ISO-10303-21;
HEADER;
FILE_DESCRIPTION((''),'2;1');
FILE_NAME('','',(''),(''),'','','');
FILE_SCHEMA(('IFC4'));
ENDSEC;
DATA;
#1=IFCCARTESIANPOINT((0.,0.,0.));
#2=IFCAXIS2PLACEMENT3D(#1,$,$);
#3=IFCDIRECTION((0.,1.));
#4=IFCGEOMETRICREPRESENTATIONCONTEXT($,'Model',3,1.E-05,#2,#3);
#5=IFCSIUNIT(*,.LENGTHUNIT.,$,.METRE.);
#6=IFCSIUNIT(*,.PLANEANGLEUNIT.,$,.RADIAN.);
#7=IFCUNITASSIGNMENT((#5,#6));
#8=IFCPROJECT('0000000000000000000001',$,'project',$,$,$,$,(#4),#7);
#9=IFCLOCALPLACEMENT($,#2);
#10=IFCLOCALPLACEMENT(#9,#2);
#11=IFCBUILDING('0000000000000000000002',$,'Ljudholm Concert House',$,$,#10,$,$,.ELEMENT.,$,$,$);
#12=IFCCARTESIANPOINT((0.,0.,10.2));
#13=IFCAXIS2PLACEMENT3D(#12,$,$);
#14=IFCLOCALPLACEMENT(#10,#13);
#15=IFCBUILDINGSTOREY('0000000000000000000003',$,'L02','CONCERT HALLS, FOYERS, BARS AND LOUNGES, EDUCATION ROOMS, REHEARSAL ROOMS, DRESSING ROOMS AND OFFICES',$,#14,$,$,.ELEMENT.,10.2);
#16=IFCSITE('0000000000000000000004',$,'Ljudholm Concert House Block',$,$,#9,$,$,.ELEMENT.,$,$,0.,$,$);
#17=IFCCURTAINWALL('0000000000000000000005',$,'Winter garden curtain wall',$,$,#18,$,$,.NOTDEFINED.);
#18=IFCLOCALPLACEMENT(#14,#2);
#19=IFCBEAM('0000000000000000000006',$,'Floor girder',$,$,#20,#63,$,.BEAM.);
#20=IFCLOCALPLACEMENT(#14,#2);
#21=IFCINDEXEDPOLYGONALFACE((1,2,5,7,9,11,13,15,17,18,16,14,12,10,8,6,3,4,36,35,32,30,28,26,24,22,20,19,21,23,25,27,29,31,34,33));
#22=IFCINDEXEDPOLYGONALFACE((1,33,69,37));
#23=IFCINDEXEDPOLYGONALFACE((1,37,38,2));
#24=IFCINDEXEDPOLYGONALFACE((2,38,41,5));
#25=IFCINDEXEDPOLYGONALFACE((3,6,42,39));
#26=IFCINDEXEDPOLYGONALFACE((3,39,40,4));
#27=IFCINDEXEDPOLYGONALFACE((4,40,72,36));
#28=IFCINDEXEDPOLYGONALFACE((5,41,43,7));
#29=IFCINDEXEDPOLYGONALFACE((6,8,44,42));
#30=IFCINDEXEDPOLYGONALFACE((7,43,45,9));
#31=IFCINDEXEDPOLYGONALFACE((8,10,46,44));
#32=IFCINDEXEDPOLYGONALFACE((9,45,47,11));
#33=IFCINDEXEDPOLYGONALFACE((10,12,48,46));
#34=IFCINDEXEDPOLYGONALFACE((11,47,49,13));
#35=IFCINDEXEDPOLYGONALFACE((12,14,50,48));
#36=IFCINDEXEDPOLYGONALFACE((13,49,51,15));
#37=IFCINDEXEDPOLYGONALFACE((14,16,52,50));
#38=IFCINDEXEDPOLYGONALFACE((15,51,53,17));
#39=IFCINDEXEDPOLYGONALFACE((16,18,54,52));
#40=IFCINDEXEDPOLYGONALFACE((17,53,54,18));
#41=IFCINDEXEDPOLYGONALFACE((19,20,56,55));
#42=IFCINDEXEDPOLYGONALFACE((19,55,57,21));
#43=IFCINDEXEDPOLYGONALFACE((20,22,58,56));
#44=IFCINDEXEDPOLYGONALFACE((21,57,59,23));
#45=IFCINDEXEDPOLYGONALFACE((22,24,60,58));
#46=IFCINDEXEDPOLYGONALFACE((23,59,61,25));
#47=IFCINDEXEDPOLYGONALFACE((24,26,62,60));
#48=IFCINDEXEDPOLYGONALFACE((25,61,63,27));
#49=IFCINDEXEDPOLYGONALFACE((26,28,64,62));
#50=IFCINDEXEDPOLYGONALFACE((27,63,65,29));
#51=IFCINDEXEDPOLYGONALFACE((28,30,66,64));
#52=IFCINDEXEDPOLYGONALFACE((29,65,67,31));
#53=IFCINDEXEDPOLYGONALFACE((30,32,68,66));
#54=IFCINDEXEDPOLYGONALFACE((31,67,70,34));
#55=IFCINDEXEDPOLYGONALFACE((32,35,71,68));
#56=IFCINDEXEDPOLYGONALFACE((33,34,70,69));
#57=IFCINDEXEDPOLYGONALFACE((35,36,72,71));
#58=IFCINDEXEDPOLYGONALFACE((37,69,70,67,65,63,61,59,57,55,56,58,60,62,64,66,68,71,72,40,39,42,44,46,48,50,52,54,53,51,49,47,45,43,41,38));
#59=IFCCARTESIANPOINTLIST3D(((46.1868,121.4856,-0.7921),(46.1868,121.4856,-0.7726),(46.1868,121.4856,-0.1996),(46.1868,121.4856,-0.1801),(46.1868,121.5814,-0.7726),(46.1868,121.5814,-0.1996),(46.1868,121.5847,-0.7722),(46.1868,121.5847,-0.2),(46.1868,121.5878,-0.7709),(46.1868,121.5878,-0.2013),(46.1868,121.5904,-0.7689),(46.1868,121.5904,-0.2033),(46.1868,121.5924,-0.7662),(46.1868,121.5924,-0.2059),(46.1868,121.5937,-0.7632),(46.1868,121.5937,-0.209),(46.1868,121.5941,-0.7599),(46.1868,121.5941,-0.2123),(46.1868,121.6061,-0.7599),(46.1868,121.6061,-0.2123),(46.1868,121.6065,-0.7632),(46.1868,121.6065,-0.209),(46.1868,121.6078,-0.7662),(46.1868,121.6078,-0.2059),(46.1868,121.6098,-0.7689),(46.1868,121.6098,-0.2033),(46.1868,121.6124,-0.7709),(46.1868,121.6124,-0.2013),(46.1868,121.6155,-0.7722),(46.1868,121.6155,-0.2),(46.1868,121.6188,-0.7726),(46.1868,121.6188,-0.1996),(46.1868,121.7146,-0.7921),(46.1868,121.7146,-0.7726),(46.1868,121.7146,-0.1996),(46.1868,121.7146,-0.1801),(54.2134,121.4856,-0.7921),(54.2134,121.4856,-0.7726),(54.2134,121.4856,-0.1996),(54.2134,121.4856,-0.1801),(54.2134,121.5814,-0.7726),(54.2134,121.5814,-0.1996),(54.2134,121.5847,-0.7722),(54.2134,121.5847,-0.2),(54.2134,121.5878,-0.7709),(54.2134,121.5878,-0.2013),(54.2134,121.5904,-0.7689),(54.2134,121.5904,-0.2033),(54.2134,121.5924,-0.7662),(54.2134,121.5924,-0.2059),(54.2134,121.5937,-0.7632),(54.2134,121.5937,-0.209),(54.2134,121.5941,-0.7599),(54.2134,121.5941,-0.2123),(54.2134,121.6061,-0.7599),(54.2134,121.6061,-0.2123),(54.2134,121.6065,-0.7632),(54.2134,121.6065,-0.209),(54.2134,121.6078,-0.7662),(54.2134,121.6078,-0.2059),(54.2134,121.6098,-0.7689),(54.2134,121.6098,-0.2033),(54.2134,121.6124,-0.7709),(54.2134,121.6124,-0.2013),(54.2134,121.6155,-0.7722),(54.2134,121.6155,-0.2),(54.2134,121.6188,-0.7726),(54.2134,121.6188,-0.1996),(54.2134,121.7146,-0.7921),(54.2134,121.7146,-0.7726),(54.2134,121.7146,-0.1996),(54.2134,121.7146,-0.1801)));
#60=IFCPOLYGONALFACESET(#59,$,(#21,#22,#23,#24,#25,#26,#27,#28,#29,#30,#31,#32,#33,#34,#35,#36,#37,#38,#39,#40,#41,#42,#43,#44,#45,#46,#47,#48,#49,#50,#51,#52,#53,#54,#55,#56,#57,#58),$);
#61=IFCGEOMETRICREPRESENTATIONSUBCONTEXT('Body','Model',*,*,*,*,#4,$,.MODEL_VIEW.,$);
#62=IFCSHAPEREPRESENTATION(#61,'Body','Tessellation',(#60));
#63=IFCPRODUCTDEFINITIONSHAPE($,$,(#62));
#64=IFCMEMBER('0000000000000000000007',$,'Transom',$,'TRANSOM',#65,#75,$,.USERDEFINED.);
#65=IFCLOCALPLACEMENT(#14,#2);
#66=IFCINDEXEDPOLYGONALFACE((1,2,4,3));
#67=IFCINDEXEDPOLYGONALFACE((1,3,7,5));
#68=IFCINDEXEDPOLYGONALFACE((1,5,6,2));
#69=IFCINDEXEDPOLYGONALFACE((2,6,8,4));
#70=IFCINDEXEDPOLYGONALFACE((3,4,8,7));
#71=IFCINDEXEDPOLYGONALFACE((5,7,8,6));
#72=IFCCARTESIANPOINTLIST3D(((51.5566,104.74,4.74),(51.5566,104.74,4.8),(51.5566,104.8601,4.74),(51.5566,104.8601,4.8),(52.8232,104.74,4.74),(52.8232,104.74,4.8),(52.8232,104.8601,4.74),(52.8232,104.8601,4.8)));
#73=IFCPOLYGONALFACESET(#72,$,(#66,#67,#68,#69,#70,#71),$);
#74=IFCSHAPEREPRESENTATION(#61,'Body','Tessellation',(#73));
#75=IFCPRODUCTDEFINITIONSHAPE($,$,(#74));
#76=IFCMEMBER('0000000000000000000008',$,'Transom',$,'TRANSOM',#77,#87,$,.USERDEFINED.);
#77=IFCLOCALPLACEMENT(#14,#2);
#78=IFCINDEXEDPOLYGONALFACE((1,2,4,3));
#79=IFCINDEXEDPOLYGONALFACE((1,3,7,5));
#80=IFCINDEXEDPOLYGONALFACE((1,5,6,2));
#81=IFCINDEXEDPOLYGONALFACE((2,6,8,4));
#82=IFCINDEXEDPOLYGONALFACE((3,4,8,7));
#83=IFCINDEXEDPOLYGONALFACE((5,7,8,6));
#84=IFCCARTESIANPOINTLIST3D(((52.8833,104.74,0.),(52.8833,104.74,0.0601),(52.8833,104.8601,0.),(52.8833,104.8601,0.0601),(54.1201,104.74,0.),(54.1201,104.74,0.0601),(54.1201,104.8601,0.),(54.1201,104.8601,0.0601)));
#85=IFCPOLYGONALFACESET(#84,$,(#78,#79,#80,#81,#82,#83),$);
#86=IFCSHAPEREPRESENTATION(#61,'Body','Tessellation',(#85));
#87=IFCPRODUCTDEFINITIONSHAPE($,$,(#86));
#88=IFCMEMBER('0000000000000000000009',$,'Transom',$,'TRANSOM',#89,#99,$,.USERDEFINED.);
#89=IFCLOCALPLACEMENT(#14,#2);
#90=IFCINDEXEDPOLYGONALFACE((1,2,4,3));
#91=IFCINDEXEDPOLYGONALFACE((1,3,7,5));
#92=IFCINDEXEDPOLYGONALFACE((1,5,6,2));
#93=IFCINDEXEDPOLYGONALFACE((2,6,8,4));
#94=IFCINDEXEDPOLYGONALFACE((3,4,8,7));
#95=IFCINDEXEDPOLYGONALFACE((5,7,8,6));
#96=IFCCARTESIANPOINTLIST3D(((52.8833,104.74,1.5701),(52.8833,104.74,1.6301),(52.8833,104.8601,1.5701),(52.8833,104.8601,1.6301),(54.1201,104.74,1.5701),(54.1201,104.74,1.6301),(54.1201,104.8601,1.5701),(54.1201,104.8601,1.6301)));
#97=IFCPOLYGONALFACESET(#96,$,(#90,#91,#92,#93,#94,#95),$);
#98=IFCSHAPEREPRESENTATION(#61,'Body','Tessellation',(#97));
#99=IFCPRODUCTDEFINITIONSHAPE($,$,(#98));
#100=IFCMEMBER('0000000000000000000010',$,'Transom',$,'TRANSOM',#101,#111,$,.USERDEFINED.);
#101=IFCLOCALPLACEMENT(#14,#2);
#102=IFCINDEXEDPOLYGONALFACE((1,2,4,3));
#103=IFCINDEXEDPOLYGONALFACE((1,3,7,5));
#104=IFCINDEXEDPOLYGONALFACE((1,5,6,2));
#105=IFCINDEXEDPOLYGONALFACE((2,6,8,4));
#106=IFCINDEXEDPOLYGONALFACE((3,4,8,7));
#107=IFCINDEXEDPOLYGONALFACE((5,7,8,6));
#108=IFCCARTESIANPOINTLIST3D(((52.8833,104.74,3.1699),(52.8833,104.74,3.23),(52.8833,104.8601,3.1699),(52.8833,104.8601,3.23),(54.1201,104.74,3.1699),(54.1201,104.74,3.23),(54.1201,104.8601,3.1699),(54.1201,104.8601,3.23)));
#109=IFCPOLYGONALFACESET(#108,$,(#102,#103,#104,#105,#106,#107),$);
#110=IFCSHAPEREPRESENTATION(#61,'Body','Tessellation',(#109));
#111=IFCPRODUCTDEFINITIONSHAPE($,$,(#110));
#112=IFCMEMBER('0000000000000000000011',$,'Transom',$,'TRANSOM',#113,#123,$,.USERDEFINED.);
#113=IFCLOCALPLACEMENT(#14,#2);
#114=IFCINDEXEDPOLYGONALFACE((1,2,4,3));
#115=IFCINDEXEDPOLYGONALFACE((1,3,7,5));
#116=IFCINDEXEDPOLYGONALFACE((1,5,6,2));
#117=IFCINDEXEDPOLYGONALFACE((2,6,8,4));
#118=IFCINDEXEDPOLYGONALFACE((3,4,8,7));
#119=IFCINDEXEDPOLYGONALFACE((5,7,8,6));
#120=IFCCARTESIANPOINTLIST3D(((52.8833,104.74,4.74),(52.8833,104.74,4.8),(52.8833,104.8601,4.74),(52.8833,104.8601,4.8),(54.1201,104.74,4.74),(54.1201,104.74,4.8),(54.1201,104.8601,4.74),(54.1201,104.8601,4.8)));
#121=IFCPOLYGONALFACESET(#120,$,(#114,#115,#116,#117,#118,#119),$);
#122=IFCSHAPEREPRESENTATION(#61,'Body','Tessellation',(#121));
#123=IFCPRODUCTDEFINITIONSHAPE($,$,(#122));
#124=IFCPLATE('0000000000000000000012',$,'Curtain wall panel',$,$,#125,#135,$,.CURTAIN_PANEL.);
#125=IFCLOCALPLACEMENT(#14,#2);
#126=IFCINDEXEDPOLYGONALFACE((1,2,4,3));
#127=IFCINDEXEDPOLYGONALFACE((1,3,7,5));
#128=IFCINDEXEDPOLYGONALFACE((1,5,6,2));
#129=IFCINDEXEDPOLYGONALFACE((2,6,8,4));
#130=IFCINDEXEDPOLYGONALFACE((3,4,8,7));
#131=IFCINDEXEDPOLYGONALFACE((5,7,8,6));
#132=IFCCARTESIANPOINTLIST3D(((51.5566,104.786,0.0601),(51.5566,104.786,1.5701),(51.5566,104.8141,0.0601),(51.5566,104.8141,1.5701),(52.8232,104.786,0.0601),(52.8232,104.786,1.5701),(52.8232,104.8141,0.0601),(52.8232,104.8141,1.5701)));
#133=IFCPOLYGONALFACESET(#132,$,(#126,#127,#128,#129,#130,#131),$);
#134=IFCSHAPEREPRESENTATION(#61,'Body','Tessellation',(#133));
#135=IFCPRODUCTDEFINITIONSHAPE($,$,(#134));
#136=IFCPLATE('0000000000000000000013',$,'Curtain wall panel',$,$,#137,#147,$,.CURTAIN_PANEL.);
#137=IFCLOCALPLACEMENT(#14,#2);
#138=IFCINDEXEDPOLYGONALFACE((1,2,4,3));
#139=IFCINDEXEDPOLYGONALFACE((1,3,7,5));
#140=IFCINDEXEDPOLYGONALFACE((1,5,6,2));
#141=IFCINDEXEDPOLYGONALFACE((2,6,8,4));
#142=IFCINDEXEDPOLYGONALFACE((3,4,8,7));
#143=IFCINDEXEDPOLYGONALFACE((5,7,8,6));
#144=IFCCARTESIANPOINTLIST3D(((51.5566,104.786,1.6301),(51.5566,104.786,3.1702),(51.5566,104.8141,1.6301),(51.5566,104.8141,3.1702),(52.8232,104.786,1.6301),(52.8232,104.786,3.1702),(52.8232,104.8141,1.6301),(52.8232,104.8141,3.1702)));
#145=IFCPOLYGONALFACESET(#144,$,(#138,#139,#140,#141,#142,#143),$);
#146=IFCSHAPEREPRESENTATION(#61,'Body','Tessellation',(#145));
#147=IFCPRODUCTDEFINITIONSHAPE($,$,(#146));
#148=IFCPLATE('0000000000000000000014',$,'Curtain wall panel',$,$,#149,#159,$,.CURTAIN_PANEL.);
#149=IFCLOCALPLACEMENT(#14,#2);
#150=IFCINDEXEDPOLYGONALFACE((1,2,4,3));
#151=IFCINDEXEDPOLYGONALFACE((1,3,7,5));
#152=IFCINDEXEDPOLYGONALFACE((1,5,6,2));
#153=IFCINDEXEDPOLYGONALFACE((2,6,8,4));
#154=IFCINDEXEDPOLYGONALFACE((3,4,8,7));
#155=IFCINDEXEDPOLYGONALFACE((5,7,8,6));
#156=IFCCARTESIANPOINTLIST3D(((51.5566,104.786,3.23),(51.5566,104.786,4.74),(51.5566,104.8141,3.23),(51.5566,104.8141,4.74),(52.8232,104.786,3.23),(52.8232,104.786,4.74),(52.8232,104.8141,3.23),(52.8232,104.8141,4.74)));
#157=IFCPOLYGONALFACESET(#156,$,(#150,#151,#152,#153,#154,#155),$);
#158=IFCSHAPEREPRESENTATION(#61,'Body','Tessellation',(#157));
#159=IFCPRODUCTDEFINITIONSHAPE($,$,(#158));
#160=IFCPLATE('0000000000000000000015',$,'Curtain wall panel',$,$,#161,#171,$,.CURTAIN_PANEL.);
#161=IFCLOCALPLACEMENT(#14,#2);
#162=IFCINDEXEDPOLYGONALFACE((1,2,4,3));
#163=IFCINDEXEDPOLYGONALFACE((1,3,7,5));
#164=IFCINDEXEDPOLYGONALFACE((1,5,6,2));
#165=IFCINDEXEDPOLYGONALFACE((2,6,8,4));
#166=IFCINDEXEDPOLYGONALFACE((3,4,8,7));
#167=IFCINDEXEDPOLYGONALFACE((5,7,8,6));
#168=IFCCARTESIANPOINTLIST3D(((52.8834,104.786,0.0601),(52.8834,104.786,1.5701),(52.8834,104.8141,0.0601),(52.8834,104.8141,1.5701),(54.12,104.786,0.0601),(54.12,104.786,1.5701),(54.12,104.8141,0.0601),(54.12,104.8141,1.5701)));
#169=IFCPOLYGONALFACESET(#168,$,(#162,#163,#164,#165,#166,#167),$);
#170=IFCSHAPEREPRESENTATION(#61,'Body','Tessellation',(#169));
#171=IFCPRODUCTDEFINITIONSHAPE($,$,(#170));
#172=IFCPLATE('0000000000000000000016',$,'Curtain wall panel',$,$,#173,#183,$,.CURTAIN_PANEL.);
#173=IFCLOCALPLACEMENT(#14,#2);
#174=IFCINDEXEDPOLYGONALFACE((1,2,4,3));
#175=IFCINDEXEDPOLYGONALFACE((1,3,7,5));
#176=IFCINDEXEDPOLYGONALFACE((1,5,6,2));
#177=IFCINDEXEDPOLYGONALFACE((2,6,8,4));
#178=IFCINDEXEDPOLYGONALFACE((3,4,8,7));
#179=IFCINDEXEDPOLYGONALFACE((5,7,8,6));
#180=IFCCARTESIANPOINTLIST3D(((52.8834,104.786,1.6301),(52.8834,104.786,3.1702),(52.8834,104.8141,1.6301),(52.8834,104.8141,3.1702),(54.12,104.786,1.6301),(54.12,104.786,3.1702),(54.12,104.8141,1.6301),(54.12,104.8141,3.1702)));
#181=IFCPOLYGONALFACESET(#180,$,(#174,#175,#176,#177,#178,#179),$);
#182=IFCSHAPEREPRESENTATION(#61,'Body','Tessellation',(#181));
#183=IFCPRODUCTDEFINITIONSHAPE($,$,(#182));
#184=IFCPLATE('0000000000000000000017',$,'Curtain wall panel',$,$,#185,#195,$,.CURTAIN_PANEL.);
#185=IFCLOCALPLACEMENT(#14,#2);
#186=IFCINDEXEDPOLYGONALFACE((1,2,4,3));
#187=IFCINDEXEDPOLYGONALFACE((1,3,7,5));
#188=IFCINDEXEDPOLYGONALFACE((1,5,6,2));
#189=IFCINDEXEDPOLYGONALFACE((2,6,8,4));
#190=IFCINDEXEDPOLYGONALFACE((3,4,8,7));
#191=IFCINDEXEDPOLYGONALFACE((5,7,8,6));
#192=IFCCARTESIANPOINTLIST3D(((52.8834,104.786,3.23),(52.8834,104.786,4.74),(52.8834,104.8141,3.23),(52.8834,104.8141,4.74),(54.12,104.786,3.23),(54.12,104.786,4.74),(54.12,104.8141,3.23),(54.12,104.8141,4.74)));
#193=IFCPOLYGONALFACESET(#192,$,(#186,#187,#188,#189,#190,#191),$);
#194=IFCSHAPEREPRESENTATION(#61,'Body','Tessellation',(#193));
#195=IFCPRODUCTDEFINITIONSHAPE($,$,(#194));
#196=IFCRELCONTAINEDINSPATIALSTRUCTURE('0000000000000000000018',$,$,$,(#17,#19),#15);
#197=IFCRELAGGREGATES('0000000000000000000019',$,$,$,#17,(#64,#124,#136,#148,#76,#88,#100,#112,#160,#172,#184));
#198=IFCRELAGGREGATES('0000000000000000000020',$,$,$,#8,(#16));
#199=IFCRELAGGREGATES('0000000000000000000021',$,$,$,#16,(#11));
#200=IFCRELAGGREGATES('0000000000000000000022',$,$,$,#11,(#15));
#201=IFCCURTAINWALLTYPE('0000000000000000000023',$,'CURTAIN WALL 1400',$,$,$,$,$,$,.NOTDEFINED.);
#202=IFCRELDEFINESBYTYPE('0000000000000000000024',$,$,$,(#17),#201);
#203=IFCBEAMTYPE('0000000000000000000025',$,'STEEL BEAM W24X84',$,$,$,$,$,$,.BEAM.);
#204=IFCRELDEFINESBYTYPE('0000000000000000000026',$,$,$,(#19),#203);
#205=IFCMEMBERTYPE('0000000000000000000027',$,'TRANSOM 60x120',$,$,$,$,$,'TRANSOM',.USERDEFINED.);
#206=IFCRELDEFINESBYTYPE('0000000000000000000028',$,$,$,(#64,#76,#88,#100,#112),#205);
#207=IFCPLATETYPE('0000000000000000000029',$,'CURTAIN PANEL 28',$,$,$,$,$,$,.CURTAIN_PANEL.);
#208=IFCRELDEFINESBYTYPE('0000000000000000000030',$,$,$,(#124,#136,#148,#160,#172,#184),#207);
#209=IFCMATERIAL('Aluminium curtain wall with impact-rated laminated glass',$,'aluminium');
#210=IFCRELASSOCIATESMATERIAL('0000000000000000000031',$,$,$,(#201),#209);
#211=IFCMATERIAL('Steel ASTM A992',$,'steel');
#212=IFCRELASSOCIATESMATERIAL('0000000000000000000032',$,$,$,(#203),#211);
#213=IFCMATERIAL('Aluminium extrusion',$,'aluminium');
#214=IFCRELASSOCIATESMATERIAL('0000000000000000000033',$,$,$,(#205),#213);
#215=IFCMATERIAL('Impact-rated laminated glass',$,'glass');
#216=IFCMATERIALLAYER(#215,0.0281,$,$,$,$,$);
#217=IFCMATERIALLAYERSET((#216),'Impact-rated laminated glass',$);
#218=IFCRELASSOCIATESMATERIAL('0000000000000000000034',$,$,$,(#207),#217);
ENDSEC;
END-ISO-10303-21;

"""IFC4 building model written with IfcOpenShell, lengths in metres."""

from ifc_helpers import new_model, si_unit, direction, frame, origin, origin_2d, place, context, subcontext, project, spatial, rectangle, i_section, extrude, material, layer, layer_set, material_profile, profile_set, type_object, element, aggregate, save


model = new_model("IFC4")

# Units and contexts
model_context = context("Model", 3, precision=1e-05, world=origin(), true_north=direction((0.0, 1.0)))
body_context = subcontext(model_context, "Body", "Model", "MODEL_VIEW")
ifc_project = project(units=[si_unit("LENGTHUNIT", "METRE"), si_unit("PLANEANGLEUNIT", "RADIAN")], contexts=[model_context])

# Site, building, storey
site_placement = place(None, origin())
site = spatial("IfcSite", under=ifc_project, at=site_placement, Name="Ljudholm Concert House Block", CompositionType="ELEMENT", RefElevation=0.0)
building_placement = place(site_placement, origin())
building = spatial("IfcBuilding", under=site, at=building_placement, Name="Ljudholm Concert House", CompositionType="ELEMENT")
storey_placement = place(building_placement, frame((0.0, 0.0, 10.2)))
storey = spatial("IfcBuildingStorey", under=building, at=storey_placement, Name="L02", Description="CONCERT HALLS, FOYERS, BARS AND LOUNGES, EDUCATION ROOMS, REHEARSAL ROOMS, DRESSING ROOMS AND OFFICES", CompositionType="ELEMENT", Elevation=10.2)

# Curtain wall
ifc_material_1 = material(Name="Aluminium curtain wall with impact-rated laminated glass", Category="aluminium")
curtain_wall_type = type_object("IfcCurtainWallType", Name="CURTAIN WALL 1400", PredefinedType="NOTDEFINED", material=ifc_material_1)
curtain_wall_placement = place(storey_placement, origin())
curtain_wall = element("IfcCurtainWall", 1, at=curtain_wall_placement, inside=storey, type_object=curtain_wall_type, Name="Winter garden curtain wall", PredefinedType="NOTDEFINED")

# Beam
ifc_material_2 = material(Name="Steel ASTM A992", Category="steel")
ifc_material_profile_1 = material_profile(ifc_material_2, i_section(OverallWidth=0.229, OverallDepth=0.6121, WebThickness=0.012, FlangeThickness=0.0195, FilletRadius=0.0127, at=origin_2d()), Name="W24X84")
ifc_profile_set_1 = profile_set([ifc_material_profile_1], Name="Steel ASTM A992")
beam_type_1 = type_object("IfcBeamType", Name="STEEL BEAM W24X84", PredefinedType="BEAM", material=ifc_profile_set_1)
for number, where, z_axis, x_axis, name in (
    (2, (46.1868, 121.6001, -0.4861), (1.0, 0.0, 0.0), (0.0, 1.0, 0.0), "Floor girder"),
):
    element("IfcBeam", number, at=place(storey_placement, frame(where, z_axis=z_axis, x_axis=x_axis)), inside=storey, type_object=beam_type_1, Name=name, PredefinedType="BEAM", context=body_context, shape_type="SweptSolid", body=[
        extrude(i_section(OverallWidth=0.229, OverallDepth=0.6121, WebThickness=0.012, FlangeThickness=0.0195, FilletRadius=0.0127, at=origin_2d()), origin(), (0.0, 0.0, 1.0), 8.0266),
    ])

# Members
ifc_material_3 = material(Name="Aluminium extrusion", Category="aluminium")
ifc_material_profile_2 = material_profile(ifc_material_3, rectangle(XDim=0.1201, YDim=0.0601, at=origin_2d()), Name="TRANSOM 60x120")
ifc_profile_set_2 = profile_set([ifc_material_profile_2], Name="Aluminium extrusion")
member_type_1 = type_object("IfcMemberType", Name="TRANSOM 60x120", ElementType="TRANSOM", PredefinedType="USERDEFINED", material=ifc_profile_set_2)
member_1_placement = place(storey_placement, frame((51.5566, 104.8, 4.77), z_axis=(1.0, 0.0, 0.0), x_axis=(0.0, 1.0, 0.0)))
member_1 = element("IfcMember", 3, at=member_1_placement, type_object=member_type_1, Name="Transom", ObjectType="TRANSOM", PredefinedType="USERDEFINED", context=body_context, shape_type="SweptSolid", body=[
    extrude(rectangle(XDim=0.1201, YDim=0.0601, at=origin_2d()), origin(), (0.0, 0.0, 1.0), 1.2666),
])
member_2_placement = place(storey_placement, frame((52.8833, 104.8, 0.03), z_axis=(1.0, 0.0, 0.0), x_axis=(0.0, 1.0, 0.0)))
member_2 = element("IfcMember", 4, at=member_2_placement, type_object=member_type_1, Name="Transom", ObjectType="TRANSOM", PredefinedType="USERDEFINED", context=body_context, shape_type="SweptSolid", body=[
    extrude(rectangle(XDim=0.1201, YDim=0.0601, at=origin_2d()), origin(), (0.0, 0.0, 1.0), 1.2368),
])
member_3_placement = place(storey_placement, frame((52.8833, 104.8, 1.6001), z_axis=(1.0, 0.0, 0.0), x_axis=(0.0, 1.0, 0.0)))
member_3 = element("IfcMember", 5, at=member_3_placement, type_object=member_type_1, Name="Transom", ObjectType="TRANSOM", PredefinedType="USERDEFINED", context=body_context, shape_type="SweptSolid", body=[
    extrude(rectangle(XDim=0.1201, YDim=0.0601, at=origin_2d()), origin(), (0.0, 0.0, 1.0), 1.2368),
])
member_4_placement = place(storey_placement, frame((52.8833, 104.8, 3.2), z_axis=(1.0, 0.0, 0.0), x_axis=(0.0, 1.0, 0.0)))
member_4 = element("IfcMember", 6, at=member_4_placement, type_object=member_type_1, Name="Transom", ObjectType="TRANSOM", PredefinedType="USERDEFINED", context=body_context, shape_type="SweptSolid", body=[
    extrude(rectangle(XDim=0.1201, YDim=0.0601, at=origin_2d()), origin(), (0.0, 0.0, 1.0), 1.2368),
])
member_5_placement = place(storey_placement, frame((52.8833, 104.8, 4.77), z_axis=(1.0, 0.0, 0.0), x_axis=(0.0, 1.0, 0.0)))
member_5 = element("IfcMember", 7, at=member_5_placement, type_object=member_type_1, Name="Transom", ObjectType="TRANSOM", PredefinedType="USERDEFINED", context=body_context, shape_type="SweptSolid", body=[
    extrude(rectangle(XDim=0.1201, YDim=0.0601, at=origin_2d()), origin(), (0.0, 0.0, 1.0), 1.2368),
])

# Plates
ifc_material_4 = material(Name="Impact-rated laminated glass", Category="glass")
ifc_layer = layer(ifc_material_4, 0.0281)
ifc_layer_set = layer_set([ifc_layer], Name="Impact-rated laminated glass")
plate_type = type_object("IfcPlateType", Name="CURTAIN PANEL 28", PredefinedType="CURTAIN_PANEL", material=ifc_layer_set)
plate_1_placement = place(storey_placement, frame((52.1899, 104.8, 0.0601), z_axis=(0.0, 0.0, 1.0), x_axis=(1.0, 0.0, 0.0)))
plate_1 = element("IfcPlate", 8, at=plate_1_placement, type_object=plate_type, Name="Curtain wall panel", PredefinedType="CURTAIN_PANEL", context=body_context, shape_type="SweptSolid", body=[
    extrude(rectangle(XDim=1.2666, YDim=0.0281, at=origin_2d()), origin(), (0.0, 0.0, 1.0), 1.51),
])
plate_2_placement = place(storey_placement, frame((52.1899, 104.8, 1.6301), z_axis=(0.0, 0.0, 1.0), x_axis=(1.0, 0.0, 0.0)))
plate_2 = element("IfcPlate", 9, at=plate_2_placement, type_object=plate_type, Name="Curtain wall panel", PredefinedType="CURTAIN_PANEL", context=body_context, shape_type="SweptSolid", body=[
    extrude(rectangle(XDim=1.2666, YDim=0.0281, at=origin_2d()), origin(), (0.0, 0.0, 1.0), 1.54),
])
plate_3_placement = place(storey_placement, frame((52.1899, 104.8, 3.23), z_axis=(0.0, 0.0, 1.0), x_axis=(1.0, 0.0, 0.0)))
plate_3 = element("IfcPlate", 10, at=plate_3_placement, type_object=plate_type, Name="Curtain wall panel", PredefinedType="CURTAIN_PANEL", context=body_context, shape_type="SweptSolid", body=[
    extrude(rectangle(XDim=1.2666, YDim=0.0281, at=origin_2d()), origin(), (0.0, 0.0, 1.0), 1.51),
])
plate_4_placement = place(storey_placement, frame((53.5017, 104.8, 0.0601), z_axis=(0.0, 0.0, 1.0), x_axis=(1.0, 0.0, 0.0)))
plate_4 = element("IfcPlate", 11, at=plate_4_placement, type_object=plate_type, Name="Curtain wall panel", PredefinedType="CURTAIN_PANEL", context=body_context, shape_type="SweptSolid", body=[
    extrude(rectangle(XDim=1.2366, YDim=0.0281, at=origin_2d()), origin(), (0.0, 0.0, 1.0), 1.51),
])
plate_5_placement = place(storey_placement, frame((53.5017, 104.8, 1.6301), z_axis=(0.0, 0.0, 1.0), x_axis=(1.0, 0.0, 0.0)))
plate_5 = element("IfcPlate", 12, at=plate_5_placement, type_object=plate_type, Name="Curtain wall panel", PredefinedType="CURTAIN_PANEL", context=body_context, shape_type="SweptSolid", body=[
    extrude(rectangle(XDim=1.2366, YDim=0.0281, at=origin_2d()), origin(), (0.0, 0.0, 1.0), 1.54),
])
plate_6_placement = place(storey_placement, frame((53.5017, 104.8, 3.23), z_axis=(0.0, 0.0, 1.0), x_axis=(1.0, 0.0, 0.0)))
plate_6 = element("IfcPlate", 13, at=plate_6_placement, type_object=plate_type, Name="Curtain wall panel", PredefinedType="CURTAIN_PANEL", context=body_context, shape_type="SweptSolid", body=[
    extrude(rectangle(XDim=1.2366, YDim=0.0281, at=origin_2d()), origin(), (0.0, 0.0, 1.0), 1.51),
])
aggregate(curtain_wall, [member_1, plate_1, plate_2, plate_3, member_2, member_3, member_4, member_5, plate_4, plate_5, plate_6])

save(model, "model.ifc")
